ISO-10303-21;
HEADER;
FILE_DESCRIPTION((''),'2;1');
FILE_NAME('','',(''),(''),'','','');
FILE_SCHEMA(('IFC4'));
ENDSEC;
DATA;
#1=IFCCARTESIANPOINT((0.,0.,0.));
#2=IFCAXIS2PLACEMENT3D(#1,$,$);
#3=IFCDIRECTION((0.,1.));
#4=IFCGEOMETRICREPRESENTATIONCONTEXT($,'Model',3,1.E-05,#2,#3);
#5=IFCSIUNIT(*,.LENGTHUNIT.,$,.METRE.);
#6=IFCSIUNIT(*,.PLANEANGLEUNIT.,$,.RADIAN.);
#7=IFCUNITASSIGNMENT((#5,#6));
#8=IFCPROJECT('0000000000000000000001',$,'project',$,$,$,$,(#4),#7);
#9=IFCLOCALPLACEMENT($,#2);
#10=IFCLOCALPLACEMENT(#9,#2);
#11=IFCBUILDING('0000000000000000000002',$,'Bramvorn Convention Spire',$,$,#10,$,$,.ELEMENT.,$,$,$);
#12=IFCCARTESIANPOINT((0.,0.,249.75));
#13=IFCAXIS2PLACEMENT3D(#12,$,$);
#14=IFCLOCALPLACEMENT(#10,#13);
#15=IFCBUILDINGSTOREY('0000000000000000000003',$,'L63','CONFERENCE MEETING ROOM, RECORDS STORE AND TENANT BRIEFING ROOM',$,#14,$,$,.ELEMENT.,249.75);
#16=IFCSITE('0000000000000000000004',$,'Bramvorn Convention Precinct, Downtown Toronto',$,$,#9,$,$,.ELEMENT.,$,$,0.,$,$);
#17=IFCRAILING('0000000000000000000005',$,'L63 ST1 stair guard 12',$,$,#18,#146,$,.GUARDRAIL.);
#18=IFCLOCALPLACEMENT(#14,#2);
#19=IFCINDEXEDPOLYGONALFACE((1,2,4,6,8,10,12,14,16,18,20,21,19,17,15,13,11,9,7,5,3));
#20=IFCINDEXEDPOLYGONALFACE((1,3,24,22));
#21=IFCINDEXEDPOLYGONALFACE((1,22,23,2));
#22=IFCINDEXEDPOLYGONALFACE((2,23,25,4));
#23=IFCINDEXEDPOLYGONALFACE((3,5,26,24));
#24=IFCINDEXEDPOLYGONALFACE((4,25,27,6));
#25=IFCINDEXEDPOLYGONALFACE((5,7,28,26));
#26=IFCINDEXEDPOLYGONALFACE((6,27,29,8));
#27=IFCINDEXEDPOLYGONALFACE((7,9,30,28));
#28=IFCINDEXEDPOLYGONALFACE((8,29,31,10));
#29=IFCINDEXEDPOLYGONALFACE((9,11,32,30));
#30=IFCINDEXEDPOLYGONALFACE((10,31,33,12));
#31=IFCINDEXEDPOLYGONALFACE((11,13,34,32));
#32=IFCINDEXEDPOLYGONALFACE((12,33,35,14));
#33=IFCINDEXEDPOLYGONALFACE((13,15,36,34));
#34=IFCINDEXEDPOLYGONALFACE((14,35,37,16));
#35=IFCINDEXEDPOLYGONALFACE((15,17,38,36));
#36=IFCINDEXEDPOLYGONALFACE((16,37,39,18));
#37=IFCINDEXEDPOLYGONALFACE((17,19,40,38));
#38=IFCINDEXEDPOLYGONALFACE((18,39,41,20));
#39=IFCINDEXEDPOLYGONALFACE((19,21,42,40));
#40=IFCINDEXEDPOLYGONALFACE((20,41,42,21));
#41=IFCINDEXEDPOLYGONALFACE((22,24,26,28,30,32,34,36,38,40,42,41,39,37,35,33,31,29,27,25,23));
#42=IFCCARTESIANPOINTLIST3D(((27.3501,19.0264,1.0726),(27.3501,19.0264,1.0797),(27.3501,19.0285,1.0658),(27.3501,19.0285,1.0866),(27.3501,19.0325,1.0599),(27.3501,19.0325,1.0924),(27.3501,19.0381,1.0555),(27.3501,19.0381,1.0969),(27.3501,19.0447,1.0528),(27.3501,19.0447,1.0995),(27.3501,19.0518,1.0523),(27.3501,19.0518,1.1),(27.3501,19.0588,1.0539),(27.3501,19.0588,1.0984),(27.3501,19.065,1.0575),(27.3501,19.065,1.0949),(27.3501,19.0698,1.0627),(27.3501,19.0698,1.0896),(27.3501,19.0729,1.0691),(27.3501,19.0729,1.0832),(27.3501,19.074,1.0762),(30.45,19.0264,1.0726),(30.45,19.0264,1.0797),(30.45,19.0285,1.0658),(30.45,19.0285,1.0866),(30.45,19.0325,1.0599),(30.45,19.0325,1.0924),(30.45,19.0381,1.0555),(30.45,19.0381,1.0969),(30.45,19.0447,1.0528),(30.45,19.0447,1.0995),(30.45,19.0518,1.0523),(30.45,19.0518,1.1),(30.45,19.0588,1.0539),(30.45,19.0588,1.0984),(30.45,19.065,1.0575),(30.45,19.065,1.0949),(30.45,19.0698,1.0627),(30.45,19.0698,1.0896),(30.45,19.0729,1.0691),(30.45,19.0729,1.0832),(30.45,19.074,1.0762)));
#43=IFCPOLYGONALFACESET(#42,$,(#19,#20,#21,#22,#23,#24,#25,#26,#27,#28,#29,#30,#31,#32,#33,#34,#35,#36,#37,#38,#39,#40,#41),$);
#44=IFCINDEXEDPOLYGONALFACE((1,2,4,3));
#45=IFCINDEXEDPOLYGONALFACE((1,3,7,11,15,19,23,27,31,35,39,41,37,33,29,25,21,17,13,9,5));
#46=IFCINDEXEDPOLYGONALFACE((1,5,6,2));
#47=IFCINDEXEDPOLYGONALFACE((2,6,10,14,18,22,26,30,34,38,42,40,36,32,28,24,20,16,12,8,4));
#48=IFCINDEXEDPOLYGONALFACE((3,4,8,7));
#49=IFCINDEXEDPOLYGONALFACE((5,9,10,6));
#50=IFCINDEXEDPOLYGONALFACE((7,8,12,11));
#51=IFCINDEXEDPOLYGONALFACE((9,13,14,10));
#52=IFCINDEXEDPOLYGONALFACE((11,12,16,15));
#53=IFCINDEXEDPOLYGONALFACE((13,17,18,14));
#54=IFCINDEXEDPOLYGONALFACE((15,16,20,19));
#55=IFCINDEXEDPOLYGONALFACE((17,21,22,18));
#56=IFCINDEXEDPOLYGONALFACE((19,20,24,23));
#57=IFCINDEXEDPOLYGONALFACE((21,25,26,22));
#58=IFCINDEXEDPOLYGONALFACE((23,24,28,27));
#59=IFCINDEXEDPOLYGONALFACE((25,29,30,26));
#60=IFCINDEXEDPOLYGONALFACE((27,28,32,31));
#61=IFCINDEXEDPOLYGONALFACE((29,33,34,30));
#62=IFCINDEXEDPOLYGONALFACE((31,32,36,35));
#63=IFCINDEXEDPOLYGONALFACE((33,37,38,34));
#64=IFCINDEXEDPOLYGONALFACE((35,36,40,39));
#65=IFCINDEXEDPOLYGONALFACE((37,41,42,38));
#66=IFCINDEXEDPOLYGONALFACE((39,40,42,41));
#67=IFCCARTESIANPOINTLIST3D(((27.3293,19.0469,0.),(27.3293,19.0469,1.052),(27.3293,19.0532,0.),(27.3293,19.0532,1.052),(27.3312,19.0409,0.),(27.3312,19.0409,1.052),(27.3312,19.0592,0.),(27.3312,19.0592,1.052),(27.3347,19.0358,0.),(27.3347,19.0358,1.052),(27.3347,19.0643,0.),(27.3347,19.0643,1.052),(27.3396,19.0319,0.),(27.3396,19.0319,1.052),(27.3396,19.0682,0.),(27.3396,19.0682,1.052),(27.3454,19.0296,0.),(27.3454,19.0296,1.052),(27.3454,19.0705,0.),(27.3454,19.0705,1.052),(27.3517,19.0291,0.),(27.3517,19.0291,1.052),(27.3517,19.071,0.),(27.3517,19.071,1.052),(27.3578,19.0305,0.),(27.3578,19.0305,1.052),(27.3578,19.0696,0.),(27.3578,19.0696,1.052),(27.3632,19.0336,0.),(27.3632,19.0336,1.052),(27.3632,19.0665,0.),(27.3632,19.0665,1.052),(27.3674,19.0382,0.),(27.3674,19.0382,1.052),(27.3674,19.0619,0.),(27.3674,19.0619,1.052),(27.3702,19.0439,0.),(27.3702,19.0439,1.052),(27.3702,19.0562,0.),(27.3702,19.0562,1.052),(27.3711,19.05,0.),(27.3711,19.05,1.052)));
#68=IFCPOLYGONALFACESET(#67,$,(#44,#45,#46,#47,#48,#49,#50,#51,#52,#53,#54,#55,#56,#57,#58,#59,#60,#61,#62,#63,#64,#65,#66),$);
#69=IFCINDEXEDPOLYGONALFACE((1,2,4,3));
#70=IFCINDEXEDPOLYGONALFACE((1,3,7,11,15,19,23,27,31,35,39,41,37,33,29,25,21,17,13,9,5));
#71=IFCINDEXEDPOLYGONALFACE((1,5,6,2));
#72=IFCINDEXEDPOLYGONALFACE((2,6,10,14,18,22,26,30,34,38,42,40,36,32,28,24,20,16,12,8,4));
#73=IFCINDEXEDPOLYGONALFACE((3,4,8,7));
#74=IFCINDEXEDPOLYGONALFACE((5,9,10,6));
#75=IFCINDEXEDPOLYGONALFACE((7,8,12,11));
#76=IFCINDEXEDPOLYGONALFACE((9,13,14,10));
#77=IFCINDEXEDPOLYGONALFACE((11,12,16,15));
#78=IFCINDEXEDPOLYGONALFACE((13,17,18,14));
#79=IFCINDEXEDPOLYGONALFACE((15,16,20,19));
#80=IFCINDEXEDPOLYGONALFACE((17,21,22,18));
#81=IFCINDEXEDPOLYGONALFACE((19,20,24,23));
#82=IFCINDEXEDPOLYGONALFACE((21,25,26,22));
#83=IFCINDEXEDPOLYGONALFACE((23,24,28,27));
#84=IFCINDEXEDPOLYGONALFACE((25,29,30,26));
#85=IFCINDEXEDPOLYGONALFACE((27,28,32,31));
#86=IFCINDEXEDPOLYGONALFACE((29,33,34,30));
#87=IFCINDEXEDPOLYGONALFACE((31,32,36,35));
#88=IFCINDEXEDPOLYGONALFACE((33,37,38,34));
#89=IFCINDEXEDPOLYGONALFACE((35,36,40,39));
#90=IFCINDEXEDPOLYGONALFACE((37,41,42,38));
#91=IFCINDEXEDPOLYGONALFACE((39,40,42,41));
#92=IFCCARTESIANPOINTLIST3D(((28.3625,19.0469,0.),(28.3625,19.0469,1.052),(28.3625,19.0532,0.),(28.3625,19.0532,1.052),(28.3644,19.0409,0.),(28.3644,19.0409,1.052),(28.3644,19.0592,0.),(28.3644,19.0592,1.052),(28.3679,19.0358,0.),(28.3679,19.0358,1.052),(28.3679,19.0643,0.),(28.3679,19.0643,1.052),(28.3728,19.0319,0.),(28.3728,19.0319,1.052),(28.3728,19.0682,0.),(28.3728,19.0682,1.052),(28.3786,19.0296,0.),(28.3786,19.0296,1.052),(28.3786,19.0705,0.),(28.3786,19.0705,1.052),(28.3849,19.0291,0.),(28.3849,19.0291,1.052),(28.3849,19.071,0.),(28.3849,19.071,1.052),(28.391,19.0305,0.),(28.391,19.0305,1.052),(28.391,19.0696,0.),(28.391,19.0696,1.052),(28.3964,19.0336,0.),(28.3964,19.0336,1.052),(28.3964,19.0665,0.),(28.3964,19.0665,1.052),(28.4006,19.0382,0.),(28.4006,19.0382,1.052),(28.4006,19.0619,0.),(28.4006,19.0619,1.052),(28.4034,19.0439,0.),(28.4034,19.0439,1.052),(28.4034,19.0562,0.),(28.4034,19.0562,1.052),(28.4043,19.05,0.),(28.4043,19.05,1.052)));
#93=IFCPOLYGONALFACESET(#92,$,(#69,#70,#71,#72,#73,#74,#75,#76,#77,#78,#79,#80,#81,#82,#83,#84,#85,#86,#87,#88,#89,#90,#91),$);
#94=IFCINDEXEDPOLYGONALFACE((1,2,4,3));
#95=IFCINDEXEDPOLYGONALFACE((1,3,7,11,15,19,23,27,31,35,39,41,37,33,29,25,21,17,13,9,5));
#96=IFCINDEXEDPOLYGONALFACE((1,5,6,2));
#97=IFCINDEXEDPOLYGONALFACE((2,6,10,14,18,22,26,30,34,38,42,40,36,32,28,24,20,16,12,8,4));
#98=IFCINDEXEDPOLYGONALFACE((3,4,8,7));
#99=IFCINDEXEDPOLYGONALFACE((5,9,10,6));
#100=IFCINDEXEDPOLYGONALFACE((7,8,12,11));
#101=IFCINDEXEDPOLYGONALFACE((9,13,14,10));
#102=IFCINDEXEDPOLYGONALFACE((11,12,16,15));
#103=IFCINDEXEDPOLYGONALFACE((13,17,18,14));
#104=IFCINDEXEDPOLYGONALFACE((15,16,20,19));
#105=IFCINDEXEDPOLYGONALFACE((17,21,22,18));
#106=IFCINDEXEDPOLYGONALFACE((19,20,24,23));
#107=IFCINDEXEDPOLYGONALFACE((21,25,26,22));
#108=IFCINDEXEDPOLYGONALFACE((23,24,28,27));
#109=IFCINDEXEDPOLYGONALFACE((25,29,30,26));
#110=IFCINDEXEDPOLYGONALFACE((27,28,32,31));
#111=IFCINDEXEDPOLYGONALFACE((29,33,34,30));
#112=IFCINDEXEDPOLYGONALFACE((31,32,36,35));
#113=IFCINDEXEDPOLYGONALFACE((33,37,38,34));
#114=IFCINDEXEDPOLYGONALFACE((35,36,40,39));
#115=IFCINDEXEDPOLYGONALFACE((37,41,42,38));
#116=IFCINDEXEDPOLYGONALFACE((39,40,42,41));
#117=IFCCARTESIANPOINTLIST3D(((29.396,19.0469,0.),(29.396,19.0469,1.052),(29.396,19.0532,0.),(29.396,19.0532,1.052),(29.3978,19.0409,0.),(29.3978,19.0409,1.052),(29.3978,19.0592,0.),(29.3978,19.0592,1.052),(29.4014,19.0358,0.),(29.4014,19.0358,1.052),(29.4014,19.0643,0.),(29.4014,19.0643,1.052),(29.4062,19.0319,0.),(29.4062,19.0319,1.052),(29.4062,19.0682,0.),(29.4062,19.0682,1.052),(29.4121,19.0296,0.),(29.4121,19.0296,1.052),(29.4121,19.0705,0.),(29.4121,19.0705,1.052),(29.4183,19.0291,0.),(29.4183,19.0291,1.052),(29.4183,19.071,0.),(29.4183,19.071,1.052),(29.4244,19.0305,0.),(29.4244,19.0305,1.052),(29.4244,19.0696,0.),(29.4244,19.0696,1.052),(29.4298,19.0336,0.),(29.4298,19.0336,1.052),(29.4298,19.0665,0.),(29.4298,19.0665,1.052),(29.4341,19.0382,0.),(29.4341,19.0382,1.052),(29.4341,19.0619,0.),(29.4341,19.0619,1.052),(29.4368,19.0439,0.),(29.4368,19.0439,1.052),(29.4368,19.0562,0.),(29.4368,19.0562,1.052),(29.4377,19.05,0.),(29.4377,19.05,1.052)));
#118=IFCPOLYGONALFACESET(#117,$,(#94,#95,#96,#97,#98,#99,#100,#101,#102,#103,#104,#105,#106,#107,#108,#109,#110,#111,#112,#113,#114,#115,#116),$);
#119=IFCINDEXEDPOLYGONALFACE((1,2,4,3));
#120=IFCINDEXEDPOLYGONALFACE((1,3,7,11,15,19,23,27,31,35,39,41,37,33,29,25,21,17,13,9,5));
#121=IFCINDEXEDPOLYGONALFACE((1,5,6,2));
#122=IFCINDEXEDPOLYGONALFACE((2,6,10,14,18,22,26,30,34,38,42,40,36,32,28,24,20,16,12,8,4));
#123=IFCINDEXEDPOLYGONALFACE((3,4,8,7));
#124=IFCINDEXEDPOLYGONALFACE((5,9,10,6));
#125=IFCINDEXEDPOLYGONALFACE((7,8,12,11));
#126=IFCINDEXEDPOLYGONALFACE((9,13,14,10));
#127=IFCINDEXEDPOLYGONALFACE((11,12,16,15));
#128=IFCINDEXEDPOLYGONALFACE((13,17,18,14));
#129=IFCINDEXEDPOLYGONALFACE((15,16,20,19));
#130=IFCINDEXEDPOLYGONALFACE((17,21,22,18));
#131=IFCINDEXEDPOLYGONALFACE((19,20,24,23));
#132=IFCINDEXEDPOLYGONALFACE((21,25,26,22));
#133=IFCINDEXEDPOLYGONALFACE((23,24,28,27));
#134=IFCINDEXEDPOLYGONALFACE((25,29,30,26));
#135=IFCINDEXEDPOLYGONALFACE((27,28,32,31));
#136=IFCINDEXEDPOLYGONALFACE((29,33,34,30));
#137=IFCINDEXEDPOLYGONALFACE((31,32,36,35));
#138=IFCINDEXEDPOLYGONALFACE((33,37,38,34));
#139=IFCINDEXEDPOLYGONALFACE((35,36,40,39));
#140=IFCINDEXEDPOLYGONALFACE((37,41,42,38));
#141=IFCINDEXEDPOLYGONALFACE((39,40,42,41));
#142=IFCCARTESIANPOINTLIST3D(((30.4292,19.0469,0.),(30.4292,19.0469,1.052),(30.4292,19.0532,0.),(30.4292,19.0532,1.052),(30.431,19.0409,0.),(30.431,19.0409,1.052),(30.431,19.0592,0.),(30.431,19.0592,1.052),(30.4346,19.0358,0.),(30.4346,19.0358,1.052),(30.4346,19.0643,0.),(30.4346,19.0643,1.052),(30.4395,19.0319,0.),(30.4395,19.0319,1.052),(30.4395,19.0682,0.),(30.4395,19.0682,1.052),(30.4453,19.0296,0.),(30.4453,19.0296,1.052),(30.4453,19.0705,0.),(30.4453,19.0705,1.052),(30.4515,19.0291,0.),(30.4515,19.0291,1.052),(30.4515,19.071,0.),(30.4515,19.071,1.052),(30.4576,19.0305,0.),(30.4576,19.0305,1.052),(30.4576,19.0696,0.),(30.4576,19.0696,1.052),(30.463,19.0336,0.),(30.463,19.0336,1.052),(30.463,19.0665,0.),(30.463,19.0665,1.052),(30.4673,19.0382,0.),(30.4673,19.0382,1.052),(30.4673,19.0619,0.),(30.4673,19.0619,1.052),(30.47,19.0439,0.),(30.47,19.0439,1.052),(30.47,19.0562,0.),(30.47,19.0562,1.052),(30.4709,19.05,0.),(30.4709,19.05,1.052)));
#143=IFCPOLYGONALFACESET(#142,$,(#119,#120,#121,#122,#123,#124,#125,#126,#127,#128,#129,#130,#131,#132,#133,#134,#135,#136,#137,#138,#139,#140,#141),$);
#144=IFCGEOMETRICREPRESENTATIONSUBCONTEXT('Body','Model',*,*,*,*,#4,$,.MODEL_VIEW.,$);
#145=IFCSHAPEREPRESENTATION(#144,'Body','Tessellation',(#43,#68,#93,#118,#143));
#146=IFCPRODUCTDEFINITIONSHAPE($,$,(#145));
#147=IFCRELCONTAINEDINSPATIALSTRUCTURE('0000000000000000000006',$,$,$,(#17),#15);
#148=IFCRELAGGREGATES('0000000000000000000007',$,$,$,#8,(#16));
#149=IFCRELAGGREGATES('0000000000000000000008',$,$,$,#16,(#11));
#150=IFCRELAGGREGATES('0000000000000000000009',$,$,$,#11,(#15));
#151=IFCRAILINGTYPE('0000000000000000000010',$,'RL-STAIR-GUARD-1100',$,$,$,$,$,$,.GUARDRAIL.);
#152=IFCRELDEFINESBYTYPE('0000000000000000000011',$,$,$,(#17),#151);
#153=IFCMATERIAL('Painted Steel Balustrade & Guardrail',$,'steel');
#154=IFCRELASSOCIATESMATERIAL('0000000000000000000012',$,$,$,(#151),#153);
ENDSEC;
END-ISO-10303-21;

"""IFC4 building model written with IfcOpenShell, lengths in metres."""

from ifc_helpers import new_model, si_unit, direction, frame, origin, origin_2d, place, context, subcontext, project, spatial, circle, extrude, material, type_object, element, save


model = new_model("IFC4")

# Units and contexts
model_context = context("Model", 3, precision=1e-05, world=origin(), true_north=direction((0.0, 1.0)))
body_context = subcontext(model_context, "Body", "Model", "MODEL_VIEW")
ifc_project = project(units=[si_unit("LENGTHUNIT", "METRE"), si_unit("PLANEANGLEUNIT", "RADIAN")], contexts=[model_context])

# Site, building, storey
site_placement = place(None, origin())
site = spatial("IfcSite", under=ifc_project, at=site_placement, Name="Bramvorn Convention Precinct, Downtown Toronto", CompositionType="ELEMENT", RefElevation=0.0)
building_placement = place(site_placement, origin())
building = spatial("IfcBuilding", under=site, at=building_placement, Name="Bramvorn Convention Spire", CompositionType="ELEMENT")
storey_placement = place(building_placement, frame((0.0, 0.0, 249.75)))
storey = spatial("IfcBuildingStorey", under=building, at=storey_placement, Name="L63", Description="CONFERENCE MEETING ROOM, RECORDS STORE AND TENANT BRIEFING ROOM", CompositionType="ELEMENT", Elevation=249.75)

# Railing
ifc_material_1 = material(Name="Painted Steel Balustrade & Guardrail", Category="steel")
railing_type = type_object("IfcRailingType", Name="RL-STAIR-GUARD-1100", PredefinedType="GUARDRAIL", material=ifc_material_1)
railing_placement = place(storey_placement, frame((27.3501, 19.05, 0.0)))
element("IfcRailing", 1, at=railing_placement, inside=storey, type_object=railing_type, Name="L63 ST1 stair guard 12", PredefinedType="GUARDRAIL", context=body_context, shape_type="SweptSolid", body=[
    extrude(circle(Radius=0.0239, at=origin_2d()), frame((0.0, 0.0, 1.0762), z_axis=(1.0, 0.0, 0.0), x_axis=(0.0, 1.0, 0.0)), (0.0, 0.0, 1.0), 3.0999),
    extrude(circle(Radius=0.021, at=origin_2d()), origin(), (0.0, 0.0, 1.0), 1.052),
    extrude(circle(Radius=0.021, at=origin_2d()), frame((1.0332, 0.0, 0.0)), (0.0, 0.0, 1.0), 1.052),
    extrude(circle(Radius=0.021, at=origin_2d()), frame((2.0667, 0.0, 0.0)), (0.0, 0.0, 1.0), 1.052),
    extrude(circle(Radius=0.021, at=origin_2d()), frame((3.0999, 0.0, 0.0)), (0.0, 0.0, 1.0), 1.052),
])

save(model, "model.ifc")
